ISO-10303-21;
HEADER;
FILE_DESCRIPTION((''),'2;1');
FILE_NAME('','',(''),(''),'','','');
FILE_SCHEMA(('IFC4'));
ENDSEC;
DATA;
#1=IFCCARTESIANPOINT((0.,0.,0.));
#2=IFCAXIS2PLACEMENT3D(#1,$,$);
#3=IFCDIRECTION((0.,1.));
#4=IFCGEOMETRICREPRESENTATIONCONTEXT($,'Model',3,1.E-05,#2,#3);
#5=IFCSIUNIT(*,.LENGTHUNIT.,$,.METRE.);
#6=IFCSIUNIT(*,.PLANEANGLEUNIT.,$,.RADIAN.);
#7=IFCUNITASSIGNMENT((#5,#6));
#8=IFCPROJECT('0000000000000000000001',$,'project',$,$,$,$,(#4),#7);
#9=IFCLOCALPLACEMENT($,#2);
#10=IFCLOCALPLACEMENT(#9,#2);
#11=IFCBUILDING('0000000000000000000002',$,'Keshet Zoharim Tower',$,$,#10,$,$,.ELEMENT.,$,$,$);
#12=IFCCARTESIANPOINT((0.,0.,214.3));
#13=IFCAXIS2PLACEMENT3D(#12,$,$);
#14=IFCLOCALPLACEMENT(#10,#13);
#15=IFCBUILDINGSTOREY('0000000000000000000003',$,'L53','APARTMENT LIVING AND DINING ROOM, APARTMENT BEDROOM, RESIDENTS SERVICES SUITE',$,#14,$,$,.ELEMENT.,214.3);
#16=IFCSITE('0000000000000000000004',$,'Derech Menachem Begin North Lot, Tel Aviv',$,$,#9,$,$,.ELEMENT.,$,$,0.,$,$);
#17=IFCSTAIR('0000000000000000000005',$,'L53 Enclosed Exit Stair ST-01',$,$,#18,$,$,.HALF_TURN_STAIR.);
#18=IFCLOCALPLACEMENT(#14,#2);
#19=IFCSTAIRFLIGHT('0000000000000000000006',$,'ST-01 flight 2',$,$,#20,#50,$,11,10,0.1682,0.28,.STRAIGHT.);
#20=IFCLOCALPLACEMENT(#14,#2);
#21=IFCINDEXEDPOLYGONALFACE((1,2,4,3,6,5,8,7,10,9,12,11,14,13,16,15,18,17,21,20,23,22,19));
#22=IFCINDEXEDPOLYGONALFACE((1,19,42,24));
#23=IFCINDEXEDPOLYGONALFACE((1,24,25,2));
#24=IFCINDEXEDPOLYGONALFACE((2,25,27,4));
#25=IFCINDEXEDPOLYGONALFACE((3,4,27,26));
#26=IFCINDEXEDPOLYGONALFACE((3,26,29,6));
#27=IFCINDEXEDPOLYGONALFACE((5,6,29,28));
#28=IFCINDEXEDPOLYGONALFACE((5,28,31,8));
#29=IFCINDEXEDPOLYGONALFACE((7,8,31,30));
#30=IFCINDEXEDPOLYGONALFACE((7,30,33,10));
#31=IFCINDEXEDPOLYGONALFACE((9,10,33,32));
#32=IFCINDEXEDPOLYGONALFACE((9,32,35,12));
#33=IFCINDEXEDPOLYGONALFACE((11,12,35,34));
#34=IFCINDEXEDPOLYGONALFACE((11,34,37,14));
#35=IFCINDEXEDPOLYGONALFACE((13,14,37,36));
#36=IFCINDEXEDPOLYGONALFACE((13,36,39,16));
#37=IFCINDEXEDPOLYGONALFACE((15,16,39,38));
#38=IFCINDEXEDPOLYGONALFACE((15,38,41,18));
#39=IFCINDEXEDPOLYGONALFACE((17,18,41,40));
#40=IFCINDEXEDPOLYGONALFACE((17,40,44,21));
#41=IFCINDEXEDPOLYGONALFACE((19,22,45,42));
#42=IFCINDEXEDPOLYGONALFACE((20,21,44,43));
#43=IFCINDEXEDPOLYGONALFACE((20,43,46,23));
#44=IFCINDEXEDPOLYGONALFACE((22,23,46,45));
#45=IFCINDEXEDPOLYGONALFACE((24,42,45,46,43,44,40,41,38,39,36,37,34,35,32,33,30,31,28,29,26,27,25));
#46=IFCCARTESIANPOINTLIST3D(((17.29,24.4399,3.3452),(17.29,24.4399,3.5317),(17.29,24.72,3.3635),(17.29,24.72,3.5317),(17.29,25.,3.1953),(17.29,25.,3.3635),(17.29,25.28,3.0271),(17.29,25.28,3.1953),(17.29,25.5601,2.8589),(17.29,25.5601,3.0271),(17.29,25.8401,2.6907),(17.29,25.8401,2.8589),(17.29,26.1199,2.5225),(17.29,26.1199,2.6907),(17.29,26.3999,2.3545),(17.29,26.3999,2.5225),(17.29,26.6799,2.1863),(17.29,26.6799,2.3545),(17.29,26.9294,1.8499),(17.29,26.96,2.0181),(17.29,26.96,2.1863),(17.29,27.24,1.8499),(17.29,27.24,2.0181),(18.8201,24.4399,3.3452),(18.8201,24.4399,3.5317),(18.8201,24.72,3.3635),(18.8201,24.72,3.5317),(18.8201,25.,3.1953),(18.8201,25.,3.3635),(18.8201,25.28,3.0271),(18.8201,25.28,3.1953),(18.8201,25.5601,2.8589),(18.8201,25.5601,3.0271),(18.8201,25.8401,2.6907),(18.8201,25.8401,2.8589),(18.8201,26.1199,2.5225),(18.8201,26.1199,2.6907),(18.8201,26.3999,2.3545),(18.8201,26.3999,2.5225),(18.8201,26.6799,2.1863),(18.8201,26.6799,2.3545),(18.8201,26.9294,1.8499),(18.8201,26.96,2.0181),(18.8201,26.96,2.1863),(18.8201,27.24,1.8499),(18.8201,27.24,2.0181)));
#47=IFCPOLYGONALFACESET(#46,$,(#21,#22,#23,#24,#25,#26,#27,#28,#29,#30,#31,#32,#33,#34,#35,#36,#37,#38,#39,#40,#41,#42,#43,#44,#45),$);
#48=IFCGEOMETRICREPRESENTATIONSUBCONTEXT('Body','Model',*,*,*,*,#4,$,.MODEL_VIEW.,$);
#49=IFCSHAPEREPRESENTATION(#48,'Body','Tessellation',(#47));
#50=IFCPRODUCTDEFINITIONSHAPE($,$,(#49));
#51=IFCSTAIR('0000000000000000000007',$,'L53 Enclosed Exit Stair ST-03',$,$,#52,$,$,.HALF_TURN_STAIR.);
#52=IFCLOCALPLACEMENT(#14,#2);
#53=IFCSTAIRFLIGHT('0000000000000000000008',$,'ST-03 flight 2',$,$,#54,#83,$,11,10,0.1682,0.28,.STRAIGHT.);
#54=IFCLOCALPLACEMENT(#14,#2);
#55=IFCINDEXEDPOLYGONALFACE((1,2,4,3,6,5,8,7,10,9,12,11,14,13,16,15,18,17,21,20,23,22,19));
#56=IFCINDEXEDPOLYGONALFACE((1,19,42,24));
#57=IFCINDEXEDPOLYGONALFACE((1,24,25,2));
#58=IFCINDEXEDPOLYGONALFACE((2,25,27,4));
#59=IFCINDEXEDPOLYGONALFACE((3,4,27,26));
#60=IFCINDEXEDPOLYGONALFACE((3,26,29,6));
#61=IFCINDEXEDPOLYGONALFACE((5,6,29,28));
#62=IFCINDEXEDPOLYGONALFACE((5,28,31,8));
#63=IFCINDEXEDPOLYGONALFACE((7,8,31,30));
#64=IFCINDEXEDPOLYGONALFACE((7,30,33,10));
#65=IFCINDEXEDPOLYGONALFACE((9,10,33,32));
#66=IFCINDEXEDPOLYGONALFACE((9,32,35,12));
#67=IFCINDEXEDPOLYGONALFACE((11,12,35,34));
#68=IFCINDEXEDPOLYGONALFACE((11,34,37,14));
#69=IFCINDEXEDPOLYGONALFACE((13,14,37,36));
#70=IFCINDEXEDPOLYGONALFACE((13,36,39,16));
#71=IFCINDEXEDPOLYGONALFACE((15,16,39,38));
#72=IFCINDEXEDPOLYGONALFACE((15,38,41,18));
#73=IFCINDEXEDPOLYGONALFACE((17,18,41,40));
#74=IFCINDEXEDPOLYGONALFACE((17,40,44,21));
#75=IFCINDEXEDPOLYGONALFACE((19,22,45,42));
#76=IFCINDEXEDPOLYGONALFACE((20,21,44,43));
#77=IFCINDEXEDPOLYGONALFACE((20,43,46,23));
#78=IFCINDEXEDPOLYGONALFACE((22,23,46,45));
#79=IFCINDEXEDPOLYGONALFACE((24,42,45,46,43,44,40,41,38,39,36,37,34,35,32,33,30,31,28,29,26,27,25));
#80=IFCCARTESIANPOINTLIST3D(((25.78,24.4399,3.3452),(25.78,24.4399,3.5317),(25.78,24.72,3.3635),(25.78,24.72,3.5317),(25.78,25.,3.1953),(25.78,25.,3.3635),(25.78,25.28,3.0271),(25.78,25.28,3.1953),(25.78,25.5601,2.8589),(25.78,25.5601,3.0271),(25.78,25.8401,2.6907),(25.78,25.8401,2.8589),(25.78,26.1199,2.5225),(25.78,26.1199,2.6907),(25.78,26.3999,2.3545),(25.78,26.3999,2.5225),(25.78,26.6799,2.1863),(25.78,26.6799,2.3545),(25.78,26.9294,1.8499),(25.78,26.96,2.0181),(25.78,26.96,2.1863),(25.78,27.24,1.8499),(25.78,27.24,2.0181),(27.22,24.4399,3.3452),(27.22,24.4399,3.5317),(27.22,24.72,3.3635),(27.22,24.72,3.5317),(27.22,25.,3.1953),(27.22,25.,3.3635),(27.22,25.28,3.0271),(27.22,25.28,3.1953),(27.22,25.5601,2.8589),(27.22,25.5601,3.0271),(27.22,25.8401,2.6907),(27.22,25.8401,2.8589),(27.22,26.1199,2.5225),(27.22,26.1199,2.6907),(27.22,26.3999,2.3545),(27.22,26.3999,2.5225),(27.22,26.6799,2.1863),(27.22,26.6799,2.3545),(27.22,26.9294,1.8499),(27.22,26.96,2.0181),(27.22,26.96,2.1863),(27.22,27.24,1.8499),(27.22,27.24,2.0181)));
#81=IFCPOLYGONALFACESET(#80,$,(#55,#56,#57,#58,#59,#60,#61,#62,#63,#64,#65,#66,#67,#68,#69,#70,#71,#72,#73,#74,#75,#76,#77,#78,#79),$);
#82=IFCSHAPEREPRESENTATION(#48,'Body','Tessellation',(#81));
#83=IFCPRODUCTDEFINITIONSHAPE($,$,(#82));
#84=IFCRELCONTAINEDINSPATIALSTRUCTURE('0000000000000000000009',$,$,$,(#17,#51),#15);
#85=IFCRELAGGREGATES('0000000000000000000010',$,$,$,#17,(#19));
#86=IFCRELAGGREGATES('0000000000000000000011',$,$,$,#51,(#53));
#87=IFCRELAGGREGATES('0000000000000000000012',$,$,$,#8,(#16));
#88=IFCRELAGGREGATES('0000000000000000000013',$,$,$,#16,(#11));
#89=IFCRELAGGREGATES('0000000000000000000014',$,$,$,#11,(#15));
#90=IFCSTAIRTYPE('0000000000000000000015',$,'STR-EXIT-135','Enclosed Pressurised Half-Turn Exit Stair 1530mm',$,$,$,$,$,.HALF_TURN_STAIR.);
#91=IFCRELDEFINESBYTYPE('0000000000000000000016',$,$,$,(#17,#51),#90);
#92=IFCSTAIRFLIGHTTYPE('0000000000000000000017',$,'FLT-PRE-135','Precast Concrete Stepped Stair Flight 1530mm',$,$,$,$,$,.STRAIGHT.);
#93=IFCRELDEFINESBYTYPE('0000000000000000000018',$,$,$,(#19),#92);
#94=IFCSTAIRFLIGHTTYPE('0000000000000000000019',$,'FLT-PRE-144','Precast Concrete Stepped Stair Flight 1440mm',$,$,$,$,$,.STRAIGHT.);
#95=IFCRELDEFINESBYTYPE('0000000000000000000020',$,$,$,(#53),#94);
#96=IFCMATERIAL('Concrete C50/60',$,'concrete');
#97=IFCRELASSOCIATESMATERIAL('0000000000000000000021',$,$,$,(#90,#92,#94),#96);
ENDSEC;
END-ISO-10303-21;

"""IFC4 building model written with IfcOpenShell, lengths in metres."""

from ifc_helpers import new_model, si_unit, direction, frame, origin, place, context, subcontext, project, spatial, polyline, outline, extrude, material, type_object, element, aggregate, save


model = new_model("IFC4")

# Units and contexts
model_context = context("Model", 3, precision=1e-05, world=origin(), true_north=direction((0.0, 1.0)))
body_context = subcontext(model_context, "Body", "Model", "MODEL_VIEW")
ifc_project = project(units=[si_unit("LENGTHUNIT", "METRE"), si_unit("PLANEANGLEUNIT", "RADIAN")], contexts=[model_context])

# Site, building, storey
site_placement = place(None, origin())
site = spatial("IfcSite", under=ifc_project, at=site_placement, Name="Derech Menachem Begin North Lot, Tel Aviv", CompositionType="ELEMENT", RefElevation=0.0)
building_placement = place(site_placement, origin())
building = spatial("IfcBuilding", under=site, at=building_placement, Name="Keshet Zoharim Tower", CompositionType="ELEMENT")
storey_placement = place(building_placement, frame((0.0, 0.0, 214.3)))
storey = spatial("IfcBuildingStorey", under=building, at=storey_placement, Name="L53", Description="APARTMENT LIVING AND DINING ROOM, APARTMENT BEDROOM, RESIDENTS SERVICES SUITE", CompositionType="ELEMENT", Elevation=214.3)

# Shared definitions
ifc_material_1 = material(Name="Concrete C50/60", Category="concrete")

# Stairs, stair flights
stair_type = type_object("IfcStairType", Name="STR-EXIT-135", Description="Enclosed Pressurised Half-Turn Exit Stair 1530mm", PredefinedType="HALF_TURN_STAIR", material=ifc_material_1)
stair_1_placement = place(storey_placement, origin())
stair_1 = element("IfcStair", 1, at=stair_1_placement, inside=storey, type_object=stair_type, Name="L53 Enclosed Exit Stair ST-01", PredefinedType="HALF_TURN_STAIR")
stair_flight_type_1 = type_object("IfcStairFlightType", Name="FLT-PRE-135", Description="Precast Concrete Stepped Stair Flight 1530mm", PredefinedType="STRAIGHT", material=ifc_material_1)
stair_flight_1_placement = place(storey_placement, frame((18.0549, 27.24, 1.8499), z_axis=(0.0, 0.0, 1.0), x_axis=(0.0, -1.0, 0.0)))
stair_flight_1 = element("IfcStairFlight", 2, at=stair_flight_1_placement, type_object=stair_flight_type_1, Name="ST-01 flight 2", NumberOfRisers=11, NumberOfTreads=10, PredefinedType="STRAIGHT", RiserHeight=0.1682, TreadLength=0.28, context=body_context, shape_type="SweptSolid", body=[
    extrude(outline(polyline([(0.0, 0.0), (0.0, 0.1682), (0.28, 0.1682), (0.28, 0.3364), (0.5601, 0.3364), (0.5601, 0.5046), (0.8401, 0.5046), (0.8401, 0.6726), (1.1201, 0.6726), (1.1201, 0.8408), (1.3999, 0.8408), (1.3999, 1.009), (1.6799, 1.009), (1.6799, 1.1772), (1.96, 1.1772), (1.96, 1.3455), (2.24, 1.3455), (2.24, 1.5137), (2.52, 1.5137), (2.52, 1.6819), (2.8, 1.6819), (2.8, 1.8501), (2.8, 1.4954), (0.3105, 0.0), (0.0, 0.0)])), frame((0.0, 0.7651, 0.0), z_axis=(0.0, -1.0, 0.0), x_axis=(1.0, 0.0, 0.0)), (0.0, 0.0, 1.0), 1.53),
])
aggregate(stair_1, [stair_flight_1])
stair_2_placement = place(storey_placement, origin())
stair_2 = element("IfcStair", 3, at=stair_2_placement, inside=storey, type_object=stair_type, Name="L53 Enclosed Exit Stair ST-03", PredefinedType="HALF_TURN_STAIR")
stair_flight_type_2 = type_object("IfcStairFlightType", Name="FLT-PRE-144", Description="Precast Concrete Stepped Stair Flight 1440mm", PredefinedType="STRAIGHT", material=ifc_material_1)
stair_flight_2_placement = place(storey_placement, frame((26.5, 27.24, 1.8499), z_axis=(0.0, 0.0, 1.0), x_axis=(0.0, -1.0, 0.0)))
stair_flight_2 = element("IfcStairFlight", 4, at=stair_flight_2_placement, type_object=stair_flight_type_2, Name="ST-03 flight 2", NumberOfRisers=11, NumberOfTreads=10, PredefinedType="STRAIGHT", RiserHeight=0.1682, TreadLength=0.28, context=body_context, shape_type="SweptSolid", body=[
    extrude(outline(polyline([(0.0, 0.0), (0.0, 0.1682), (0.28, 0.1682), (0.28, 0.3364), (0.5601, 0.3364), (0.5601, 0.5046), (0.8401, 0.5046), (0.8401, 0.6726), (1.1201, 0.6726), (1.1201, 0.8408), (1.3999, 0.8408), (1.3999, 1.009), (1.6799, 1.009), (1.6799, 1.1772), (1.96, 1.1772), (1.96, 1.3455), (2.24, 1.3455), (2.24, 1.5137), (2.52, 1.5137), (2.52, 1.6819), (2.8, 1.6819), (2.8, 1.8501), (2.8, 1.4954), (0.3105, 0.0), (0.0, 0.0)])), frame((0.0, 0.72, 0.0), z_axis=(0.0, -1.0, 0.0), x_axis=(1.0, 0.0, 0.0)), (0.0, 0.0, 1.0), 1.4399),
])
aggregate(stair_2, [stair_flight_2])

save(model, "model.ifc")
